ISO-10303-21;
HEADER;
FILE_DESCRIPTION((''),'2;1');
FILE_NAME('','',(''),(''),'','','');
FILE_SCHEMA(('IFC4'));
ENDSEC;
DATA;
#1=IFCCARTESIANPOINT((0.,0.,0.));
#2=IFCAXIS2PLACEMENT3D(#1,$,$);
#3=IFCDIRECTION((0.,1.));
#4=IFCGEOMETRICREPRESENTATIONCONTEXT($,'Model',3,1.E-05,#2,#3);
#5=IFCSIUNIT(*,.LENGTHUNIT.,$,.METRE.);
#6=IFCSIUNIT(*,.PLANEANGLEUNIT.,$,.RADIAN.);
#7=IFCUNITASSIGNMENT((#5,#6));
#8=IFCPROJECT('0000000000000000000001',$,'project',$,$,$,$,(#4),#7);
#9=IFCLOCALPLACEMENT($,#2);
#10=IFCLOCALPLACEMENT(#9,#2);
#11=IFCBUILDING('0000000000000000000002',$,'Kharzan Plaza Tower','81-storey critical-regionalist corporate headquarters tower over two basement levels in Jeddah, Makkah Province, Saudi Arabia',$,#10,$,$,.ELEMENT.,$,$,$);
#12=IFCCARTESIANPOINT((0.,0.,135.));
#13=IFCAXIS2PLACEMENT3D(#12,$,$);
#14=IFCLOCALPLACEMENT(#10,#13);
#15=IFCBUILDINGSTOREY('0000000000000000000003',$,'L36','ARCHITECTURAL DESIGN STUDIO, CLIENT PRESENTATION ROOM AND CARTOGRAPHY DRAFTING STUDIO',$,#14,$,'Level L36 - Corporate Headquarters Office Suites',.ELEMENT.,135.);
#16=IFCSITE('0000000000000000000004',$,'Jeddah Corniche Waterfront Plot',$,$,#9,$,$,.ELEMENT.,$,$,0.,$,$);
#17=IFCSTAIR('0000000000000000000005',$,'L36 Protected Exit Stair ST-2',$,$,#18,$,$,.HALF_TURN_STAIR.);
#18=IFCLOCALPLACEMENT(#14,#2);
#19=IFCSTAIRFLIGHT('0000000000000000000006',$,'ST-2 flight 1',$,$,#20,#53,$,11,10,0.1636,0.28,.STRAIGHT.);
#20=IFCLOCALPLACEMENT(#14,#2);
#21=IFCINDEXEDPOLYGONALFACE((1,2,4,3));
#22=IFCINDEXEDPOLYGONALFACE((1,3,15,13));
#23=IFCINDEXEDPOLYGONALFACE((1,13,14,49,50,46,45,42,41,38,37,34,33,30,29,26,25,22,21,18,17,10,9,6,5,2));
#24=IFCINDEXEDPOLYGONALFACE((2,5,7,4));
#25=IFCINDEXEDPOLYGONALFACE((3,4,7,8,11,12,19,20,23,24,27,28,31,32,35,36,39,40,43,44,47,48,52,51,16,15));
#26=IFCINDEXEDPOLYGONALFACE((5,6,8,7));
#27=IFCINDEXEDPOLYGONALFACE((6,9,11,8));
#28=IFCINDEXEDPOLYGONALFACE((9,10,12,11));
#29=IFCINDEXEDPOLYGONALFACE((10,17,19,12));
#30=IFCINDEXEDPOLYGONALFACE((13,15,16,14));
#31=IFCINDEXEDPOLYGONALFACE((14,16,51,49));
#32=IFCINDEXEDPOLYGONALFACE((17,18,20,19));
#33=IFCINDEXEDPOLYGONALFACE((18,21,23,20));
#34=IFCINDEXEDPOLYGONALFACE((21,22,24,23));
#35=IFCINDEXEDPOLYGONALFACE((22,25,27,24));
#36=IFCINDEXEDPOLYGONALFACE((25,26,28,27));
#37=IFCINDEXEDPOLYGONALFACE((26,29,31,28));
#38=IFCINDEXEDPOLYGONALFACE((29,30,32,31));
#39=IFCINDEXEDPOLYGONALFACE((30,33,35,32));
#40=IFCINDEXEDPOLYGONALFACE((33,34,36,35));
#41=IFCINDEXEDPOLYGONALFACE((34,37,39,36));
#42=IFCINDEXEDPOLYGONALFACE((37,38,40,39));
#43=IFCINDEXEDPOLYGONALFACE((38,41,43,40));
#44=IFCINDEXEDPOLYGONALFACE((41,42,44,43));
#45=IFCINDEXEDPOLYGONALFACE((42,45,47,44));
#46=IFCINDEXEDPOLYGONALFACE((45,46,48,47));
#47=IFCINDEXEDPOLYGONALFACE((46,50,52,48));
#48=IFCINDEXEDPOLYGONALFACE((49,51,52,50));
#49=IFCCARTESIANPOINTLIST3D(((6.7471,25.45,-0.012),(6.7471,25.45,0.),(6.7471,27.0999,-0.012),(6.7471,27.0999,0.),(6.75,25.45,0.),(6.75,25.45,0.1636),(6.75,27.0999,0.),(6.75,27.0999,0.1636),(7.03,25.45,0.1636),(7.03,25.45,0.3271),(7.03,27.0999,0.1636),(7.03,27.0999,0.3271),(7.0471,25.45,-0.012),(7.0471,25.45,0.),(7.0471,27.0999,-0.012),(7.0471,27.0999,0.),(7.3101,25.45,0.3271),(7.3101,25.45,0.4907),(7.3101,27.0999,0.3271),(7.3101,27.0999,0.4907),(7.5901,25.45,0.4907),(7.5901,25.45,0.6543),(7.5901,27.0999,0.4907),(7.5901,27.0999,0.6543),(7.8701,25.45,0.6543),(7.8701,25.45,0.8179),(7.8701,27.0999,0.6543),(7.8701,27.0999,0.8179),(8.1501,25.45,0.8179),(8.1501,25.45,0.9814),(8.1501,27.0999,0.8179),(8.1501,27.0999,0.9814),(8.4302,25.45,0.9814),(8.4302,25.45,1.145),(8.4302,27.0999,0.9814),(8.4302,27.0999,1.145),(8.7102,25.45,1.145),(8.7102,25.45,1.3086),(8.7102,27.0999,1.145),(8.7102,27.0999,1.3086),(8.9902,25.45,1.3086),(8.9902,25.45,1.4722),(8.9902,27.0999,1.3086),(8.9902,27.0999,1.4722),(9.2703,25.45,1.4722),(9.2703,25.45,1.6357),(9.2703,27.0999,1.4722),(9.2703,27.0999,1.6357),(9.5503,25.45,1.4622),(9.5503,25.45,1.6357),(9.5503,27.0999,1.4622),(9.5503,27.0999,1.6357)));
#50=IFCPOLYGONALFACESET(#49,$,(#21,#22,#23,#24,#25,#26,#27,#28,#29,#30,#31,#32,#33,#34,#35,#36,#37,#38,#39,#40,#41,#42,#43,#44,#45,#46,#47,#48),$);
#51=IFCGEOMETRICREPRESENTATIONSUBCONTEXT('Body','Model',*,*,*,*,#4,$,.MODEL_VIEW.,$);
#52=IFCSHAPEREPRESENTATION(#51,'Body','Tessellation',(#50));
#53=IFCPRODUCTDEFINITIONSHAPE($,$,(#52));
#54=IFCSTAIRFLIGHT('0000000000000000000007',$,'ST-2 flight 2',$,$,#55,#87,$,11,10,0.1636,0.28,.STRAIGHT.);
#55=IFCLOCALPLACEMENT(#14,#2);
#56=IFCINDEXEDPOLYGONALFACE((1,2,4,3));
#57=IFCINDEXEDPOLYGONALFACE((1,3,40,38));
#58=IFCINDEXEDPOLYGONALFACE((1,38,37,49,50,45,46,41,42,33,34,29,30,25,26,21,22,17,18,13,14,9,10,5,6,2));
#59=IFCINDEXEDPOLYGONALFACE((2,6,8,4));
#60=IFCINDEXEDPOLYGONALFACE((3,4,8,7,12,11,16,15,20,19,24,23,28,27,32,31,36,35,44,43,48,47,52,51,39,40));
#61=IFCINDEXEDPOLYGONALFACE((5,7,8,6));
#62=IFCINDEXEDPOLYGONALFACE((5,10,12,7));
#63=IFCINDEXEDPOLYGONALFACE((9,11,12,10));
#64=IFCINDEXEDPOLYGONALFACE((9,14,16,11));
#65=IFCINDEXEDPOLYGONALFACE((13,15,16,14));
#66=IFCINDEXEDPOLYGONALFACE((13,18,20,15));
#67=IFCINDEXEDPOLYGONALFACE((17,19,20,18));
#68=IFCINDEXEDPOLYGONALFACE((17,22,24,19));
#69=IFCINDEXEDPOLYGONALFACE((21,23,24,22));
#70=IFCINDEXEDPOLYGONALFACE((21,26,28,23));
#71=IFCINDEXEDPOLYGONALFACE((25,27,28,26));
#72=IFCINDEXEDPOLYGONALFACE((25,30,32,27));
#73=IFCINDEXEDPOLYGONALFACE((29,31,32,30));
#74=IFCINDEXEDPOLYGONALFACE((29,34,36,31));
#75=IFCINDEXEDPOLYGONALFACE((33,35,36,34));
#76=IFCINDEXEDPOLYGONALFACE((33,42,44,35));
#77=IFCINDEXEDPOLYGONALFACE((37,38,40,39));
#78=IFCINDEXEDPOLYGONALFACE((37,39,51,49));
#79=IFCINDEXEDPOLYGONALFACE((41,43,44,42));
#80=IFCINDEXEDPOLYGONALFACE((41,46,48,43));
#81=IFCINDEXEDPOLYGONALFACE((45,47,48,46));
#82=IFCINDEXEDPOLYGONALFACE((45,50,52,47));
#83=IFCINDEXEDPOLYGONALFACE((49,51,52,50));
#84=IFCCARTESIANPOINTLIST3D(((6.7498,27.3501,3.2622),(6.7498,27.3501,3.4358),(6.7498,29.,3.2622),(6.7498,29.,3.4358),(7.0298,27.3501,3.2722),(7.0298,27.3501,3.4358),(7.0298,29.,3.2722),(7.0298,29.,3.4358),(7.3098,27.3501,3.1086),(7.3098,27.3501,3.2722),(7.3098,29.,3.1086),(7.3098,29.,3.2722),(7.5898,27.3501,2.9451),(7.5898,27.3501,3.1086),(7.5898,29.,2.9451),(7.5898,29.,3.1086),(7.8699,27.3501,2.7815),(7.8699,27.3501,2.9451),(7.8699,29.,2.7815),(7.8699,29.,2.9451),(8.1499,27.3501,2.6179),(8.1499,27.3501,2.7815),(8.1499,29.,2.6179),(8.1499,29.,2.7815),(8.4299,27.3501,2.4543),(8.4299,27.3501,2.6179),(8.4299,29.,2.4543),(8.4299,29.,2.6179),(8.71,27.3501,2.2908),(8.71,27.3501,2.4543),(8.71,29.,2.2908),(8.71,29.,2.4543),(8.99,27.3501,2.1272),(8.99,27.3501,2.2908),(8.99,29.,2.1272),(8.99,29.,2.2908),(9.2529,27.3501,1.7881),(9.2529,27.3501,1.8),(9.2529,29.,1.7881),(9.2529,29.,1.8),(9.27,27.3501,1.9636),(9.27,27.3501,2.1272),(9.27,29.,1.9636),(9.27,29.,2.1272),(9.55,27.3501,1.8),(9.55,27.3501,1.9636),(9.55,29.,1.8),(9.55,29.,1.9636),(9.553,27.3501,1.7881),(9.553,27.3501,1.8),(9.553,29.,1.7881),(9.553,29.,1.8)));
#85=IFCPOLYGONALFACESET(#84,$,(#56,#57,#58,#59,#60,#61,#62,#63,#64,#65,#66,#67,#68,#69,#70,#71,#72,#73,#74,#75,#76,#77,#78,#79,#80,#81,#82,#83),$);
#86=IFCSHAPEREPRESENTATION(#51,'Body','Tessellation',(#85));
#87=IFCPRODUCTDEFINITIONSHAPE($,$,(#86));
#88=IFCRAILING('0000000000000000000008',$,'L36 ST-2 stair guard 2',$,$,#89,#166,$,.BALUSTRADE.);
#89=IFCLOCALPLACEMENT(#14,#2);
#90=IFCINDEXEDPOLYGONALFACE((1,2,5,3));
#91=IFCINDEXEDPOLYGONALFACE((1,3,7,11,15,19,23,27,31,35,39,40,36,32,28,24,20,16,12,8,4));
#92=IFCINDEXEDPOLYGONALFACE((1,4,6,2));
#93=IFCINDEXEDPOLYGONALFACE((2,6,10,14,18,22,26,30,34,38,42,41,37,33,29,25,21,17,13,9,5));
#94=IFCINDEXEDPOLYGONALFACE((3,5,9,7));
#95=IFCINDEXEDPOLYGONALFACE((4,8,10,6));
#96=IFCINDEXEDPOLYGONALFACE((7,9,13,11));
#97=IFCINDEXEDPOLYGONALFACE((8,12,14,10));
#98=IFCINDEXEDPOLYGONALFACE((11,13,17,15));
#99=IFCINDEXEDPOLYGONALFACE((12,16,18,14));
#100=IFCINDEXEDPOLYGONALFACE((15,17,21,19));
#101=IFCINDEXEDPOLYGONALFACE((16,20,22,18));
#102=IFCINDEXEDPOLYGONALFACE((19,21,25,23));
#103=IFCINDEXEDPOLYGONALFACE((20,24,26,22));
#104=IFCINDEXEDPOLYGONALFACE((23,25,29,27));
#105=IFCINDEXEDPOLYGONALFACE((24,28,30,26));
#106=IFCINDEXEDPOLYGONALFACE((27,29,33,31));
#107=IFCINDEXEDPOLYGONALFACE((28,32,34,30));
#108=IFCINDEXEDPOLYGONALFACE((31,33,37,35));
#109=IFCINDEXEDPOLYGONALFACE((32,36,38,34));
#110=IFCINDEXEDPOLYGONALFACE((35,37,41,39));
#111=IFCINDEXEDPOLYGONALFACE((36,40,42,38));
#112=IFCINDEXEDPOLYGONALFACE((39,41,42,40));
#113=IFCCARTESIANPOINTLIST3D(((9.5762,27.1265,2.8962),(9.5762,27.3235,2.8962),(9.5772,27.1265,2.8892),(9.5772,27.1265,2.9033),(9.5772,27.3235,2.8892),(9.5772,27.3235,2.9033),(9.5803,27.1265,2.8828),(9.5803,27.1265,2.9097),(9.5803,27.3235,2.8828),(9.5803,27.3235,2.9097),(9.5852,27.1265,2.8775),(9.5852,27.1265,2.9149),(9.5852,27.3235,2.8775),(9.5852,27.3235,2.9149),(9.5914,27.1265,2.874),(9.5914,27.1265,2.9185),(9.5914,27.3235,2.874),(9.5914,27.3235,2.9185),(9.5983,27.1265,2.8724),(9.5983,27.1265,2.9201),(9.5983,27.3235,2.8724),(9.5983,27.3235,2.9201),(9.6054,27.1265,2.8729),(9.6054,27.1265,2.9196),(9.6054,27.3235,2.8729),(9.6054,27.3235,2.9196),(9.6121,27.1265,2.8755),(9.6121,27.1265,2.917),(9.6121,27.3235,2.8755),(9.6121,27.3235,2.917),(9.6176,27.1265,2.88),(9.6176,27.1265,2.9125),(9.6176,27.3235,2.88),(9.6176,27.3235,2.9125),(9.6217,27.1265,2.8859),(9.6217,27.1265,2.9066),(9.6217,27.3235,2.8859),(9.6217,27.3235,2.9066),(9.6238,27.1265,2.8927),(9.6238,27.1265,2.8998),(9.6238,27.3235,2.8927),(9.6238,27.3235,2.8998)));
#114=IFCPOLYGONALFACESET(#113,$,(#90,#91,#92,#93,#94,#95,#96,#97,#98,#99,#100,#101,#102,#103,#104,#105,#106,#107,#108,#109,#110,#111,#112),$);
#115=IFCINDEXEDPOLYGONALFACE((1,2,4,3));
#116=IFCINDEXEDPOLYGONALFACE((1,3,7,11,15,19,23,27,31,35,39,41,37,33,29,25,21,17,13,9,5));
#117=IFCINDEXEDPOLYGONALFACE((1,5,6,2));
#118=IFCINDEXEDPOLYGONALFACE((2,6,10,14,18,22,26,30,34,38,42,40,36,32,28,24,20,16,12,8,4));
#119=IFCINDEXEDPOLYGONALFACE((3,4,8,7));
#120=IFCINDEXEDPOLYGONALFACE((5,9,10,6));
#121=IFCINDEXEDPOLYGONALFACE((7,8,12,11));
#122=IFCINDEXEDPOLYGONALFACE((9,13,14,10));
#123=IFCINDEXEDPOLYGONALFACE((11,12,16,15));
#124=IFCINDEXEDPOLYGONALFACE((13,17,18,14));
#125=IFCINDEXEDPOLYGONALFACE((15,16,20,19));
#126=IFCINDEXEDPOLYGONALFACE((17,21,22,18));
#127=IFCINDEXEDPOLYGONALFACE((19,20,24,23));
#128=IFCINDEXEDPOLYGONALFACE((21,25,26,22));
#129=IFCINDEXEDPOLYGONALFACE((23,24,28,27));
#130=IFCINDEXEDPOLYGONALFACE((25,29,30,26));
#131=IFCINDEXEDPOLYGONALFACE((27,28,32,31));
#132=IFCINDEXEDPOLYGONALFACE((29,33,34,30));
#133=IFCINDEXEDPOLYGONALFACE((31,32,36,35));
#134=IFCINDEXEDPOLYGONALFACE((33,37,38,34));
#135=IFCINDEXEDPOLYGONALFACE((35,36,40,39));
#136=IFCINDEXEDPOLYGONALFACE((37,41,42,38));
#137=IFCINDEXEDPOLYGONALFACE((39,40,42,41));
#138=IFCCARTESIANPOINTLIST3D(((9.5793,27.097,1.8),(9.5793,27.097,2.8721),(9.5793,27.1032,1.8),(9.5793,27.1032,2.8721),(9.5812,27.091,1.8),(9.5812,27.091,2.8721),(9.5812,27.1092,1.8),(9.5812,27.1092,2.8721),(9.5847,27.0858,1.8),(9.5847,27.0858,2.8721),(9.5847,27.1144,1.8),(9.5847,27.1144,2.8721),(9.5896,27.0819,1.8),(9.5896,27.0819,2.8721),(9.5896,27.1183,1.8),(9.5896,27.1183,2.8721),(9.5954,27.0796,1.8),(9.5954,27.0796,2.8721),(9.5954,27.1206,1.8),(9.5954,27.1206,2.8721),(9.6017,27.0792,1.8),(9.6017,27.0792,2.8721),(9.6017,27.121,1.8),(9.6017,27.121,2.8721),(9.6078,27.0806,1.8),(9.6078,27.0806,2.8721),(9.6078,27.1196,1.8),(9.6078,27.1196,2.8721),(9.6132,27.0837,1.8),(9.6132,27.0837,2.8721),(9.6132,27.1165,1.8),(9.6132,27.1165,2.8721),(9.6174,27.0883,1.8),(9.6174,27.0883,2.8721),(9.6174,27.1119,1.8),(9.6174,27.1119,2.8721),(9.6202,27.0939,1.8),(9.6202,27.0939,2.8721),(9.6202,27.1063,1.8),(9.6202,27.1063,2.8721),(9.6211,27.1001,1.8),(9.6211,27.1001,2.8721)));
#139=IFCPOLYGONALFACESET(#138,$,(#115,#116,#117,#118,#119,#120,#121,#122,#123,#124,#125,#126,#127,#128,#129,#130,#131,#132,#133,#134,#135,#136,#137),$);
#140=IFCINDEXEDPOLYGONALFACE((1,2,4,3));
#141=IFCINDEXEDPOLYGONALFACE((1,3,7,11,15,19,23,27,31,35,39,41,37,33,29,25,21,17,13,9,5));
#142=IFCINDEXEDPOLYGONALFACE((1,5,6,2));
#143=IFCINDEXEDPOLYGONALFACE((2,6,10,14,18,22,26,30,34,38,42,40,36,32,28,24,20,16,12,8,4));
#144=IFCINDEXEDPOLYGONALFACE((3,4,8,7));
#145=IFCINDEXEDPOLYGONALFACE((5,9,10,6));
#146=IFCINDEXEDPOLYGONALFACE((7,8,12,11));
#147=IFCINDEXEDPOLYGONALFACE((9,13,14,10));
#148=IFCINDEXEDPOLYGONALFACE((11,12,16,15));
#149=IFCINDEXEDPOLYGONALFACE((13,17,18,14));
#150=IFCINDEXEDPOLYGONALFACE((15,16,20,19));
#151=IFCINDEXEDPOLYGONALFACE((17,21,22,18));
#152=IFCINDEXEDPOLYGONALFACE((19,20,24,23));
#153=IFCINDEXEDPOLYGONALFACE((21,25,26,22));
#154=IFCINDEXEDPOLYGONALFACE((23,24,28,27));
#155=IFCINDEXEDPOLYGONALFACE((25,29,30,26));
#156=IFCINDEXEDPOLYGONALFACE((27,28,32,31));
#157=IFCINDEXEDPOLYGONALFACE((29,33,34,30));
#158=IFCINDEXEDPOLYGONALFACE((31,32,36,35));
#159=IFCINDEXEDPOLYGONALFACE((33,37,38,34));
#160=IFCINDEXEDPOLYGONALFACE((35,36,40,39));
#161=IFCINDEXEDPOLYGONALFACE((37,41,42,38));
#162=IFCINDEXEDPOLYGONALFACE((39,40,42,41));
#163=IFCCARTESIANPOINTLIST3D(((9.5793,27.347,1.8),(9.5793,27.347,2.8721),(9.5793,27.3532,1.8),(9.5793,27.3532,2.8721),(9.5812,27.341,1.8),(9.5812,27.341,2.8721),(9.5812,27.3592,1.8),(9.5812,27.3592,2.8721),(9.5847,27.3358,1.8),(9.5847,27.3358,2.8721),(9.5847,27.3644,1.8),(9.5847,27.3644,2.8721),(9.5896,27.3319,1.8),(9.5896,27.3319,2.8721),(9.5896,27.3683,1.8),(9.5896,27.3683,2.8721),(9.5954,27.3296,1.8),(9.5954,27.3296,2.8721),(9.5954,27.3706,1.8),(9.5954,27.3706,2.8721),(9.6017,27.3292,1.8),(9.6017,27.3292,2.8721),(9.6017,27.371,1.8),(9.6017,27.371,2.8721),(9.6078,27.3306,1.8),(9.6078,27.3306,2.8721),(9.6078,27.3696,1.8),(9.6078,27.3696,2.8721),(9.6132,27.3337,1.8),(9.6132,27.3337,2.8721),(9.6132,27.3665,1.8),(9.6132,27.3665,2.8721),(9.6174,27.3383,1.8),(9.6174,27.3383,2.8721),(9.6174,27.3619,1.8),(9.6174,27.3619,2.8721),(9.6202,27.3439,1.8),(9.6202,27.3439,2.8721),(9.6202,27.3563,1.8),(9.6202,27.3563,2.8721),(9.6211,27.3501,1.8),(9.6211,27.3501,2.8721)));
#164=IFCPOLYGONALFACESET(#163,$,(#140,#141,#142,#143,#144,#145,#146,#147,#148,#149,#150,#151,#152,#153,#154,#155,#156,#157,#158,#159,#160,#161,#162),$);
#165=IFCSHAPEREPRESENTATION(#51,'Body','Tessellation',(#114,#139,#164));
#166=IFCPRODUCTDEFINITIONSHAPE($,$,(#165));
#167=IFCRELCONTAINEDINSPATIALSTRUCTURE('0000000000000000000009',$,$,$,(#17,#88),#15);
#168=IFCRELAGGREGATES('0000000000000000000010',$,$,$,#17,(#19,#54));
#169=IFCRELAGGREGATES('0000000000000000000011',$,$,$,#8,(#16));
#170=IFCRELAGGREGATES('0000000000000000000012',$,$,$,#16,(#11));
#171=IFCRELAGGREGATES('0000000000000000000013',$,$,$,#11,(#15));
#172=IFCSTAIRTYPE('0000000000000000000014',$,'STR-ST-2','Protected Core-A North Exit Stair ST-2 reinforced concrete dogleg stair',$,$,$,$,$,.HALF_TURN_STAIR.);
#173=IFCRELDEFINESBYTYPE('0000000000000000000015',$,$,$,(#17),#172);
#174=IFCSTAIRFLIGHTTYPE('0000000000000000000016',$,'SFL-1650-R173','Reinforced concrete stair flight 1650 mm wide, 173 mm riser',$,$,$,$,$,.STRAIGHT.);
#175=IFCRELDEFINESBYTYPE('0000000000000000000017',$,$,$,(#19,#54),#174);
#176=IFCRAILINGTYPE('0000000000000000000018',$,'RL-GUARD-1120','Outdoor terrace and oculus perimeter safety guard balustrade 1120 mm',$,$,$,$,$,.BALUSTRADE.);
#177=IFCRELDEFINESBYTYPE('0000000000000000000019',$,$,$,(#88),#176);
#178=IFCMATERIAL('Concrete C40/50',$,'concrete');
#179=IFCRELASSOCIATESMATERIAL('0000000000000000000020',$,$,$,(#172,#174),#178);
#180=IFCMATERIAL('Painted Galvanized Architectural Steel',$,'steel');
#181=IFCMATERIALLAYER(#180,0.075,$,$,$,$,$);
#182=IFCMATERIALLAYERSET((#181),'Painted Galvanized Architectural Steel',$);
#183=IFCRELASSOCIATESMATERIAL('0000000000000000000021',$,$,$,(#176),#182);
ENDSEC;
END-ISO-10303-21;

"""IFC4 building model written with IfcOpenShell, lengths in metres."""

from ifc_helpers import new_model, si_unit, direction, frame, origin, origin_2d, place, context, subcontext, project, spatial, polyline, circle, outline, extrude, source, transform, mapped, material, layer, layer_set, type_object, element, aggregate, save


model = new_model("IFC4")

# Units and contexts
model_context = context("Model", 3, precision=1e-05, world=origin(), true_north=direction((0.0, 1.0)))
body_context = subcontext(model_context, "Body", "Model", "MODEL_VIEW")
ifc_project = project(units=[si_unit("LENGTHUNIT", "METRE"), si_unit("PLANEANGLEUNIT", "RADIAN")], contexts=[model_context])

# Site, building, storey
site_placement = place(None, origin())
site = spatial("IfcSite", under=ifc_project, at=site_placement, Name="Jeddah Corniche Waterfront Plot", CompositionType="ELEMENT", RefElevation=0.0)
building_placement = place(site_placement, origin())
building = spatial("IfcBuilding", under=site, at=building_placement, Name="Kharzan Plaza Tower", Description="81-storey critical-regionalist corporate headquarters tower over two basement levels in Jeddah, Makkah Province, Saudi Arabia", CompositionType="ELEMENT")
storey_placement = place(building_placement, frame((0.0, 0.0, 135.0)))
storey = spatial("IfcBuildingStorey", under=building, at=storey_placement, Name="L36", Description="ARCHITECTURAL DESIGN STUDIO, CLIENT PRESENTATION ROOM AND CARTOGRAPHY DRAFTING STUDIO", LongName="Level L36 - Corporate Headquarters Office Suites", CompositionType="ELEMENT", Elevation=135.0)

# Shared definitions
ifc_material_1 = material(Name="Concrete C40/50", Category="concrete")

# Stair, stair flights
stair_type = type_object("IfcStairType", Name="STR-ST-2", Description="Protected Core-A North Exit Stair ST-2 reinforced concrete dogleg stair", PredefinedType="HALF_TURN_STAIR", material=ifc_material_1)
stair_placement = place(storey_placement, origin())
stair = element("IfcStair", 1, at=stair_placement, inside=storey, type_object=stair_type, Name="L36 Protected Exit Stair ST-2", PredefinedType="HALF_TURN_STAIR")
stair_flight_type = type_object("IfcStairFlightType", Name="SFL-1650-R173", Description="Reinforced concrete stair flight 1650 mm wide, 173 mm riser", PredefinedType="STRAIGHT", material=ifc_material_1)
shared_shape_1 = source(origin(), body_context, "Body", "SweptSolid", [
    extrude(outline(polyline([(-0.0029, -0.012), (-0.0029, 0.0), (0.0, 0.0), (0.0, 0.1636), (0.28, 0.1636), (0.28, 0.3271), (0.5601, 0.3271), (0.5601, 0.4907), (0.8401, 0.4907), (0.8401, 0.6543), (1.1201, 0.6543), (1.1201, 0.8179), (1.4001, 0.8179), (1.4001, 0.9814), (1.6802, 0.9814), (1.6802, 1.145), (1.9602, 1.145), (1.9602, 1.3086), (2.2402, 1.3086), (2.2402, 1.4722), (2.5203, 1.4722), (2.5203, 1.6357), (2.8003, 1.6357), (2.8003, 1.7993), (2.8003, 1.4622), (0.2971, 0.0), (0.2971, -0.012), (-0.0029, -0.012)])), frame((0.0, 0.825, 0.0), z_axis=(0.0, -1.0, 0.0), x_axis=(1.0, 0.0, 0.0)), (0.0, 0.0, 1.0), 1.6499),
])
stair_flight_1_placement = place(storey_placement, frame((6.75, 26.2749, 0.0), z_axis=(0.0, 0.0, 1.0), x_axis=(1.0, 0.0, 0.0)))
stair_flight_1 = element("IfcStairFlight", 2, at=stair_flight_1_placement, type_object=stair_flight_type, Name="ST-2 flight 1", NumberOfRisers=11, NumberOfTreads=10, PredefinedType="STRAIGHT", RiserHeight=0.1636, TreadLength=0.28, context=body_context, shape_type="MappedRepresentation", body=[
    mapped(shared_shape_1, transform((0.0, 0.0, 0.0), x_axis=(1.0, 0.0, 0.0), y_axis=(0.0, 1.0, 0.0), z_axis=(0.0, 0.0, 1.0))),
])
stair_flight_2_placement = place(storey_placement, frame((9.55, 28.175, 1.8), z_axis=(0.0, 0.0, 1.0), x_axis=(-1.0, 0.0, 0.0)))
stair_flight_2 = element("IfcStairFlight", 3, at=stair_flight_2_placement, type_object=stair_flight_type, Name="ST-2 flight 2", NumberOfRisers=11, NumberOfTreads=10, PredefinedType="STRAIGHT", RiserHeight=0.1636, TreadLength=0.28, context=body_context, shape_type="MappedRepresentation", body=[
    mapped(shared_shape_1, transform((0.0, 0.0, 0.0), x_axis=(1.0, 0.0, 0.0), y_axis=(0.0, 1.0, 0.0), z_axis=(0.0, 0.0, 1.0))),
])
aggregate(stair, [stair_flight_1, stair_flight_2])

# Railing
ifc_material_2 = material(Name="Painted Galvanized Architectural Steel", Category="steel")
ifc_layer_1 = layer(ifc_material_2, 0.075)
ifc_layer_set_1 = layer_set([ifc_layer_1], Name="Painted Galvanized Architectural Steel")
railing_type_1 = type_object("IfcRailingType", Name="RL-GUARD-1120", Description="Outdoor terrace and oculus perimeter safety guard balustrade 1120 mm", PredefinedType="BALUSTRADE", material=ifc_layer_set_1)
shared_shape_2 = source(origin(), body_context, "Body", "SweptSolid", [
    extrude(circle(Radius=0.0239, at=origin_2d()), frame((0.0, 0.0264, 1.0962), z_axis=(0.0, 1.0, 0.0), x_axis=(-1.0, 0.0, 0.0)), (0.0, 0.0, 1.0), 0.197),
    extrude(circle(Radius=0.021, at=origin_2d()), origin(), (0.0, 0.0, 1.0), 1.072),
    extrude(circle(Radius=0.021, at=origin_2d()), frame((0.0, 0.25, 0.0)), (0.0, 0.0, 1.0), 1.072),
])
for number, where, name in (
    (4, (9.6001, 27.1001, 1.8), "L36 ST-2 stair guard 2"),
):
    element("IfcRailing", number, at=place(storey_placement, frame(where)), inside=storey, type_object=railing_type_1, Name=name, PredefinedType="BALUSTRADE", context=body_context, shape_type="MappedRepresentation", body=[
        mapped(shared_shape_2, transform((0.0, 0.0, 0.0), x_axis=(1.0, 0.0, 0.0), y_axis=(0.0, 1.0, 0.0), z_axis=(0.0, 0.0, 1.0))),
    ])

save(model, "model.ifc")
